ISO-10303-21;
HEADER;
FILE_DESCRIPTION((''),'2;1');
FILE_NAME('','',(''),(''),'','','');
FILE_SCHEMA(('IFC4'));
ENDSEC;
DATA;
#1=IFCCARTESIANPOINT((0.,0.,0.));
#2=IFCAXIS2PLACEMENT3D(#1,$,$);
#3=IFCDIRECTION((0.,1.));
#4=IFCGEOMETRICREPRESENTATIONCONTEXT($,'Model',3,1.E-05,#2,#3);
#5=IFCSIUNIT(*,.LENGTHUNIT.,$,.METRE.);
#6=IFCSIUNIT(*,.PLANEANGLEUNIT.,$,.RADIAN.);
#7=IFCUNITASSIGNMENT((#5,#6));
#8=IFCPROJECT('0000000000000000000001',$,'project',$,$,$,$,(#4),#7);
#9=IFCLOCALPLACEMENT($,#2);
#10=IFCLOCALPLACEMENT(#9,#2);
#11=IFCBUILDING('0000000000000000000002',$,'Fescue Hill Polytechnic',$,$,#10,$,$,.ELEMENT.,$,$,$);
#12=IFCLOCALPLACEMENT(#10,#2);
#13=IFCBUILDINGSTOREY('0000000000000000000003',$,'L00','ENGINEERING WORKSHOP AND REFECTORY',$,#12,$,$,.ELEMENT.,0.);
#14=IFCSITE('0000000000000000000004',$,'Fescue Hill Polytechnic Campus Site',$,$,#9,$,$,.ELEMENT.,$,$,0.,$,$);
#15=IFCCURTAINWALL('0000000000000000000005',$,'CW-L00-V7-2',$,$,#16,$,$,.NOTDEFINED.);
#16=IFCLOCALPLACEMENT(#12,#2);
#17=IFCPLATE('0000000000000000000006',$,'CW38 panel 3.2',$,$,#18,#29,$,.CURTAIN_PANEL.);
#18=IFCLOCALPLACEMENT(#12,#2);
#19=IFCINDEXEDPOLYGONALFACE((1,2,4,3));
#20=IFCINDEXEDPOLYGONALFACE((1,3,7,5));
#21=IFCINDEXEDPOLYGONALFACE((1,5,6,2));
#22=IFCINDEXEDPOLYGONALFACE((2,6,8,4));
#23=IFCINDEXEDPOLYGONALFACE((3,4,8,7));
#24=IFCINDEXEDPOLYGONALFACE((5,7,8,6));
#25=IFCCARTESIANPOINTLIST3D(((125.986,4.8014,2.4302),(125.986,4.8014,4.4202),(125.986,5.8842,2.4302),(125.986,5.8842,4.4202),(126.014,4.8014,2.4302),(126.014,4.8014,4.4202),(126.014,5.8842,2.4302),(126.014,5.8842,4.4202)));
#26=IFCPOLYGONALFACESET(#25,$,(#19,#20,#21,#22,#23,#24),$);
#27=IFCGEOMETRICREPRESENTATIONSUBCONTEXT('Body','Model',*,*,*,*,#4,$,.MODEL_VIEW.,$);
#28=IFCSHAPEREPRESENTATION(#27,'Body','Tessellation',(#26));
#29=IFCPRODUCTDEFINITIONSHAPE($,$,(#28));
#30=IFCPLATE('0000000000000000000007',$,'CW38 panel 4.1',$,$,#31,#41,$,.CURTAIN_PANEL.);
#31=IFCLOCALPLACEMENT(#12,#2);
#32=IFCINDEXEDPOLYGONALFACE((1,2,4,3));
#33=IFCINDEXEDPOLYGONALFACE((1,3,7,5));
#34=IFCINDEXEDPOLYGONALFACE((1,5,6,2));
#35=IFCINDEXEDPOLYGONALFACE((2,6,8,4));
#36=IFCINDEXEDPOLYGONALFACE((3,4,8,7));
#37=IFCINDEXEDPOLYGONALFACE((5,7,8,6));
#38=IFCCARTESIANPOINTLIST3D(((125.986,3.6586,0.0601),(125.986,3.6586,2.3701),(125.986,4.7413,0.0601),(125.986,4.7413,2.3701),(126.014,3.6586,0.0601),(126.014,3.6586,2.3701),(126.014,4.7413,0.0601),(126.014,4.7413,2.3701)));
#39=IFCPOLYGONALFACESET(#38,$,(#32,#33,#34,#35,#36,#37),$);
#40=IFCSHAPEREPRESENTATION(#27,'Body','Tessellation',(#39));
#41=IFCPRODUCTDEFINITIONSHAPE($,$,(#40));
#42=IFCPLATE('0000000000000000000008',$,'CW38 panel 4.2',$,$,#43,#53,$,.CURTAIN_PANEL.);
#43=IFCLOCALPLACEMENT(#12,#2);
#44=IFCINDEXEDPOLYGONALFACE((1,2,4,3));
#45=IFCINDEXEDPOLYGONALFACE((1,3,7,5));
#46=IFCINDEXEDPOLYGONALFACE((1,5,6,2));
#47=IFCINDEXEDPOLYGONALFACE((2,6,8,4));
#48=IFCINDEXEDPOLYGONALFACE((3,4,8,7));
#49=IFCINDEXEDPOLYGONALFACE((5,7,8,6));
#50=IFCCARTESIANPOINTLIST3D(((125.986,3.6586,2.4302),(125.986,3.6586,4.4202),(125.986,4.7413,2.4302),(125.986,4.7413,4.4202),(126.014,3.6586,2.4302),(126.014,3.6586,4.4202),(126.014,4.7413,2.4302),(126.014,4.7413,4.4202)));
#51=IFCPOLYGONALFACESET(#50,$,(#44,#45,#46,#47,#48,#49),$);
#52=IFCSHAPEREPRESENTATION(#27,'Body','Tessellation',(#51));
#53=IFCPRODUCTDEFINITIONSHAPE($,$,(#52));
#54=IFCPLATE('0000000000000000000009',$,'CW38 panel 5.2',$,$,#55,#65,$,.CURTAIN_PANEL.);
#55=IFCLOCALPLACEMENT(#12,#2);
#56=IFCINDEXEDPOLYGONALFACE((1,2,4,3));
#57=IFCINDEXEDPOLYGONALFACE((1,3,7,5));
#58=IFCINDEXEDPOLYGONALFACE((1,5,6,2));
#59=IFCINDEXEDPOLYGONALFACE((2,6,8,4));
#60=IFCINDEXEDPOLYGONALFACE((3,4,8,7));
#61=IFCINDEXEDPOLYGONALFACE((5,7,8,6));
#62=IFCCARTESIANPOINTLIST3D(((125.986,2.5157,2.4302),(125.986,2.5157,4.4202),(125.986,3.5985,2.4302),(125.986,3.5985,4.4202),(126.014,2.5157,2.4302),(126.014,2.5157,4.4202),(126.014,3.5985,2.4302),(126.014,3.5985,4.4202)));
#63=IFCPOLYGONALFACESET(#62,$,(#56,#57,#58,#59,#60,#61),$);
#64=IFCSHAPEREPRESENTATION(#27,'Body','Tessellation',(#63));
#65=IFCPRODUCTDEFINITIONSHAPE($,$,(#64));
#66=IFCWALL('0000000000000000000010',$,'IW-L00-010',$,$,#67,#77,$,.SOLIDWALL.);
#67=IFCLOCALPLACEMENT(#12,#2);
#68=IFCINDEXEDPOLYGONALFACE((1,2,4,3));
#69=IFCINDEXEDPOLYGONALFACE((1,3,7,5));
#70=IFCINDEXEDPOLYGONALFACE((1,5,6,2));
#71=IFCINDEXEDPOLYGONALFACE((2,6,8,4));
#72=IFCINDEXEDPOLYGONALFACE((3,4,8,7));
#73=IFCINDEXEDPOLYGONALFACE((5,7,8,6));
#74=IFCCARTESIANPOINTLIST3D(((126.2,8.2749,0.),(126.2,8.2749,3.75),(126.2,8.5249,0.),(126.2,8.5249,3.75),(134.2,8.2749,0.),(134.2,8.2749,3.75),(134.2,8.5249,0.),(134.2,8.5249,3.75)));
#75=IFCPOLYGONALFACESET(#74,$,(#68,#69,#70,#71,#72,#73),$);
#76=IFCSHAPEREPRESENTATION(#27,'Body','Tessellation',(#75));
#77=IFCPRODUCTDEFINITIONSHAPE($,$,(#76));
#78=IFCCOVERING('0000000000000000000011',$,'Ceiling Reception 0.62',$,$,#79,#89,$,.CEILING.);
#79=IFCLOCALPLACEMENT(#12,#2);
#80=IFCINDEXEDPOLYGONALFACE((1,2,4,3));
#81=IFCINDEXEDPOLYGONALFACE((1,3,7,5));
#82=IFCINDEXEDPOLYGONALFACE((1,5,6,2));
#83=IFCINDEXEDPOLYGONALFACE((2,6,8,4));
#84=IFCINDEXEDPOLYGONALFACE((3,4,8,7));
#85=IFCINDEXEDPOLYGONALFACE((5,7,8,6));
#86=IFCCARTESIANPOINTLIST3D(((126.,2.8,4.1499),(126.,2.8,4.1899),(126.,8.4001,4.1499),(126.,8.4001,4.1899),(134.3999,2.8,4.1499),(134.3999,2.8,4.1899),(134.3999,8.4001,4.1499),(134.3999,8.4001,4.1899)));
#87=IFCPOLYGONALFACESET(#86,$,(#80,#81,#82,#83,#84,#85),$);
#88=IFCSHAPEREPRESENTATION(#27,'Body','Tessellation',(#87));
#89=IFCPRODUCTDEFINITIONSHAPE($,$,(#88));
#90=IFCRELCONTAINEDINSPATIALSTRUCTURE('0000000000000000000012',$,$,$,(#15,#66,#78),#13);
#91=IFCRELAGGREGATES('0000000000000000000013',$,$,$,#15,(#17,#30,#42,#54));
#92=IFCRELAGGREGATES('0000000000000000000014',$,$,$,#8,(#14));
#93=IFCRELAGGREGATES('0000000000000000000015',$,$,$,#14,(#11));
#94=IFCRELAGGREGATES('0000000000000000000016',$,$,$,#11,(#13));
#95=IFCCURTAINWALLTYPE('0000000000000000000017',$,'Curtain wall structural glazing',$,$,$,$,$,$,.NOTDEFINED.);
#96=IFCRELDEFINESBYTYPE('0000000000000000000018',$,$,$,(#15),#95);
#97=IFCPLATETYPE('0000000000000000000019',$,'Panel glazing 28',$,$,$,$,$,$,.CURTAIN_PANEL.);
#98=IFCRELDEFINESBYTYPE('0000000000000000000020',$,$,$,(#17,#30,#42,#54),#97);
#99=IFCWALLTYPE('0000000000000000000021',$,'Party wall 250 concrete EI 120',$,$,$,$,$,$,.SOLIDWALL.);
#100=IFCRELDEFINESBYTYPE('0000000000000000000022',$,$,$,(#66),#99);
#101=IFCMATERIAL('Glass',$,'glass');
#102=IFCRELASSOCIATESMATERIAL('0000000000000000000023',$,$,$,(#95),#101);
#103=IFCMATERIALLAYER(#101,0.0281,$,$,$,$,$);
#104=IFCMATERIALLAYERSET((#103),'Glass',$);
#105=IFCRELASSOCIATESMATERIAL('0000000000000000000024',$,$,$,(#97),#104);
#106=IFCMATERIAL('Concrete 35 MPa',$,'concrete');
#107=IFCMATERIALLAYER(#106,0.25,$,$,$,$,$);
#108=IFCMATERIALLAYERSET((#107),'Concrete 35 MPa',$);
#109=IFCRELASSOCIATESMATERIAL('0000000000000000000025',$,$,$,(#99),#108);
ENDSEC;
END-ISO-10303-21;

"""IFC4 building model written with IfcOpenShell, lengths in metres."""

from ifc_helpers import new_model, si_unit, direction, frame, frame_2d, origin, origin_2d, place, context, subcontext, project, spatial, rectangle, extrude, material, layer, layer_set, type_object, element, aggregate, save


model = new_model("IFC4")

# Units and contexts
model_context = context("Model", 3, precision=1e-05, world=origin(), true_north=direction((0.0, 1.0)))
body_context = subcontext(model_context, "Body", "Model", "MODEL_VIEW")
ifc_project = project(units=[si_unit("LENGTHUNIT", "METRE"), si_unit("PLANEANGLEUNIT", "RADIAN")], contexts=[model_context])

# Site, building, storey
site_placement = place(None, origin())
site = spatial("IfcSite", under=ifc_project, at=site_placement, Name="Fescue Hill Polytechnic Campus Site", CompositionType="ELEMENT", RefElevation=0.0)
building_placement = place(site_placement, origin())
building = spatial("IfcBuilding", under=site, at=building_placement, Name="Fescue Hill Polytechnic", CompositionType="ELEMENT")
storey_placement = place(building_placement, origin())
storey = spatial("IfcBuildingStorey", under=building, at=storey_placement, Name="L00", Description="ENGINEERING WORKSHOP AND REFECTORY", CompositionType="ELEMENT", Elevation=0.0)

# Curtain wall
ifc_material_1 = material(Name="Glass", Category="glass")
curtain_wall_type_1 = type_object("IfcCurtainWallType", Name="Curtain wall structural glazing", PredefinedType="NOTDEFINED", material=ifc_material_1)
curtain_wall_1_placement = place(storey_placement, origin())
curtain_wall_1 = element("IfcCurtainWall", 1, at=curtain_wall_1_placement, inside=storey, type_object=curtain_wall_type_1, Name="CW-L00-V7-2", PredefinedType="NOTDEFINED")

# Plates
ifc_layer_1 = layer(ifc_material_1, 0.0281)
ifc_layer_set_1 = layer_set([ifc_layer_1], Name="Glass")
plate_type = type_object("IfcPlateType", Name="Panel glazing 28", PredefinedType="CURTAIN_PANEL", material=ifc_layer_set_1)
plate_1_placement = place(storey_placement, frame((126.0, 5.3428, 2.4302), z_axis=(0.0, 0.0, 1.0), x_axis=(0.0, -1.0, 0.0)))
plate_1 = element("IfcPlate", 2, at=plate_1_placement, type_object=plate_type, Name="CW38 panel 3.2", PredefinedType="CURTAIN_PANEL", context=body_context, shape_type="SweptSolid", body=[
    extrude(rectangle(XDim=1.0828, YDim=0.0281, at=origin_2d()), origin(), (0.0, 0.0, 1.0), 1.99),
])
plate_2_placement = place(storey_placement, frame((126.0, 4.2, 0.0601), z_axis=(0.0, 0.0, 1.0), x_axis=(0.0, -1.0, 0.0)))
plate_2 = element("IfcPlate", 3, at=plate_2_placement, type_object=plate_type, Name="CW38 panel 4.1", PredefinedType="CURTAIN_PANEL", context=body_context, shape_type="SweptSolid", body=[
    extrude(rectangle(XDim=1.0828, YDim=0.0281, at=origin_2d()), origin(), (0.0, 0.0, 1.0), 2.3101),
])
plate_3_placement = place(storey_placement, frame((126.0, 4.2, 2.4302), z_axis=(0.0, 0.0, 1.0), x_axis=(0.0, -1.0, 0.0)))
plate_3 = element("IfcPlate", 4, at=plate_3_placement, type_object=plate_type, Name="CW38 panel 4.2", PredefinedType="CURTAIN_PANEL", context=body_context, shape_type="SweptSolid", body=[
    extrude(rectangle(XDim=1.0828, YDim=0.0281, at=origin_2d()), origin(), (0.0, 0.0, 1.0), 1.99),
])
plate_4_placement = place(storey_placement, frame((126.0, 3.0571, 2.4302), z_axis=(0.0, 0.0, 1.0), x_axis=(0.0, -1.0, 0.0)))
plate_4 = element("IfcPlate", 5, at=plate_4_placement, type_object=plate_type, Name="CW38 panel 5.2", PredefinedType="CURTAIN_PANEL", context=body_context, shape_type="SweptSolid", body=[
    extrude(rectangle(XDim=1.0828, YDim=0.0281, at=origin_2d()), origin(), (0.0, 0.0, 1.0), 1.99),
])
aggregate(curtain_wall_1, [plate_1, plate_2, plate_3, plate_4])

# Wall
ifc_material_2 = material(Name="Concrete 35 MPa", Category="concrete")
ifc_layer_2 = layer(ifc_material_2, 0.25)
ifc_layer_set_2 = layer_set([ifc_layer_2], Name="Concrete 35 MPa")
wall_type = type_object("IfcWallType", Name="Party wall 250 concrete EI 120", PredefinedType="SOLIDWALL", material=ifc_layer_set_2)
wall_placement = place(storey_placement, frame((126.2, 8.3999, 0.0), z_axis=(0.0, 0.0, 1.0), x_axis=(1.0, 0.0, 0.0)))
element("IfcWall", 6, at=wall_placement, inside=storey, type_object=wall_type, Name="IW-L00-010", PredefinedType="SOLIDWALL", context=body_context, shape_type="SweptSolid", body=[
    extrude(rectangle(XDim=8.0, YDim=0.25, at=frame_2d((4.0, 0.0))), origin(), (0.0, 0.0, 1.0), 3.75),
])

# Covering
covering_placement = place(storey_placement, frame((130.2, 5.6001, 4.1499), z_axis=(0.0, 0.0, 1.0), x_axis=(1.0, 0.0, 0.0)))
element("IfcCovering", 7, at=covering_placement, inside=storey, Name="Ceiling Reception 0.62", PredefinedType="CEILING", context=body_context, shape_type="SweptSolid", body=[
    extrude(rectangle(XDim=8.3999, YDim=5.6001, at=origin_2d()), origin(), (0.0, 0.0, 1.0), 0.04),
])

save(model, "model.ifc")
